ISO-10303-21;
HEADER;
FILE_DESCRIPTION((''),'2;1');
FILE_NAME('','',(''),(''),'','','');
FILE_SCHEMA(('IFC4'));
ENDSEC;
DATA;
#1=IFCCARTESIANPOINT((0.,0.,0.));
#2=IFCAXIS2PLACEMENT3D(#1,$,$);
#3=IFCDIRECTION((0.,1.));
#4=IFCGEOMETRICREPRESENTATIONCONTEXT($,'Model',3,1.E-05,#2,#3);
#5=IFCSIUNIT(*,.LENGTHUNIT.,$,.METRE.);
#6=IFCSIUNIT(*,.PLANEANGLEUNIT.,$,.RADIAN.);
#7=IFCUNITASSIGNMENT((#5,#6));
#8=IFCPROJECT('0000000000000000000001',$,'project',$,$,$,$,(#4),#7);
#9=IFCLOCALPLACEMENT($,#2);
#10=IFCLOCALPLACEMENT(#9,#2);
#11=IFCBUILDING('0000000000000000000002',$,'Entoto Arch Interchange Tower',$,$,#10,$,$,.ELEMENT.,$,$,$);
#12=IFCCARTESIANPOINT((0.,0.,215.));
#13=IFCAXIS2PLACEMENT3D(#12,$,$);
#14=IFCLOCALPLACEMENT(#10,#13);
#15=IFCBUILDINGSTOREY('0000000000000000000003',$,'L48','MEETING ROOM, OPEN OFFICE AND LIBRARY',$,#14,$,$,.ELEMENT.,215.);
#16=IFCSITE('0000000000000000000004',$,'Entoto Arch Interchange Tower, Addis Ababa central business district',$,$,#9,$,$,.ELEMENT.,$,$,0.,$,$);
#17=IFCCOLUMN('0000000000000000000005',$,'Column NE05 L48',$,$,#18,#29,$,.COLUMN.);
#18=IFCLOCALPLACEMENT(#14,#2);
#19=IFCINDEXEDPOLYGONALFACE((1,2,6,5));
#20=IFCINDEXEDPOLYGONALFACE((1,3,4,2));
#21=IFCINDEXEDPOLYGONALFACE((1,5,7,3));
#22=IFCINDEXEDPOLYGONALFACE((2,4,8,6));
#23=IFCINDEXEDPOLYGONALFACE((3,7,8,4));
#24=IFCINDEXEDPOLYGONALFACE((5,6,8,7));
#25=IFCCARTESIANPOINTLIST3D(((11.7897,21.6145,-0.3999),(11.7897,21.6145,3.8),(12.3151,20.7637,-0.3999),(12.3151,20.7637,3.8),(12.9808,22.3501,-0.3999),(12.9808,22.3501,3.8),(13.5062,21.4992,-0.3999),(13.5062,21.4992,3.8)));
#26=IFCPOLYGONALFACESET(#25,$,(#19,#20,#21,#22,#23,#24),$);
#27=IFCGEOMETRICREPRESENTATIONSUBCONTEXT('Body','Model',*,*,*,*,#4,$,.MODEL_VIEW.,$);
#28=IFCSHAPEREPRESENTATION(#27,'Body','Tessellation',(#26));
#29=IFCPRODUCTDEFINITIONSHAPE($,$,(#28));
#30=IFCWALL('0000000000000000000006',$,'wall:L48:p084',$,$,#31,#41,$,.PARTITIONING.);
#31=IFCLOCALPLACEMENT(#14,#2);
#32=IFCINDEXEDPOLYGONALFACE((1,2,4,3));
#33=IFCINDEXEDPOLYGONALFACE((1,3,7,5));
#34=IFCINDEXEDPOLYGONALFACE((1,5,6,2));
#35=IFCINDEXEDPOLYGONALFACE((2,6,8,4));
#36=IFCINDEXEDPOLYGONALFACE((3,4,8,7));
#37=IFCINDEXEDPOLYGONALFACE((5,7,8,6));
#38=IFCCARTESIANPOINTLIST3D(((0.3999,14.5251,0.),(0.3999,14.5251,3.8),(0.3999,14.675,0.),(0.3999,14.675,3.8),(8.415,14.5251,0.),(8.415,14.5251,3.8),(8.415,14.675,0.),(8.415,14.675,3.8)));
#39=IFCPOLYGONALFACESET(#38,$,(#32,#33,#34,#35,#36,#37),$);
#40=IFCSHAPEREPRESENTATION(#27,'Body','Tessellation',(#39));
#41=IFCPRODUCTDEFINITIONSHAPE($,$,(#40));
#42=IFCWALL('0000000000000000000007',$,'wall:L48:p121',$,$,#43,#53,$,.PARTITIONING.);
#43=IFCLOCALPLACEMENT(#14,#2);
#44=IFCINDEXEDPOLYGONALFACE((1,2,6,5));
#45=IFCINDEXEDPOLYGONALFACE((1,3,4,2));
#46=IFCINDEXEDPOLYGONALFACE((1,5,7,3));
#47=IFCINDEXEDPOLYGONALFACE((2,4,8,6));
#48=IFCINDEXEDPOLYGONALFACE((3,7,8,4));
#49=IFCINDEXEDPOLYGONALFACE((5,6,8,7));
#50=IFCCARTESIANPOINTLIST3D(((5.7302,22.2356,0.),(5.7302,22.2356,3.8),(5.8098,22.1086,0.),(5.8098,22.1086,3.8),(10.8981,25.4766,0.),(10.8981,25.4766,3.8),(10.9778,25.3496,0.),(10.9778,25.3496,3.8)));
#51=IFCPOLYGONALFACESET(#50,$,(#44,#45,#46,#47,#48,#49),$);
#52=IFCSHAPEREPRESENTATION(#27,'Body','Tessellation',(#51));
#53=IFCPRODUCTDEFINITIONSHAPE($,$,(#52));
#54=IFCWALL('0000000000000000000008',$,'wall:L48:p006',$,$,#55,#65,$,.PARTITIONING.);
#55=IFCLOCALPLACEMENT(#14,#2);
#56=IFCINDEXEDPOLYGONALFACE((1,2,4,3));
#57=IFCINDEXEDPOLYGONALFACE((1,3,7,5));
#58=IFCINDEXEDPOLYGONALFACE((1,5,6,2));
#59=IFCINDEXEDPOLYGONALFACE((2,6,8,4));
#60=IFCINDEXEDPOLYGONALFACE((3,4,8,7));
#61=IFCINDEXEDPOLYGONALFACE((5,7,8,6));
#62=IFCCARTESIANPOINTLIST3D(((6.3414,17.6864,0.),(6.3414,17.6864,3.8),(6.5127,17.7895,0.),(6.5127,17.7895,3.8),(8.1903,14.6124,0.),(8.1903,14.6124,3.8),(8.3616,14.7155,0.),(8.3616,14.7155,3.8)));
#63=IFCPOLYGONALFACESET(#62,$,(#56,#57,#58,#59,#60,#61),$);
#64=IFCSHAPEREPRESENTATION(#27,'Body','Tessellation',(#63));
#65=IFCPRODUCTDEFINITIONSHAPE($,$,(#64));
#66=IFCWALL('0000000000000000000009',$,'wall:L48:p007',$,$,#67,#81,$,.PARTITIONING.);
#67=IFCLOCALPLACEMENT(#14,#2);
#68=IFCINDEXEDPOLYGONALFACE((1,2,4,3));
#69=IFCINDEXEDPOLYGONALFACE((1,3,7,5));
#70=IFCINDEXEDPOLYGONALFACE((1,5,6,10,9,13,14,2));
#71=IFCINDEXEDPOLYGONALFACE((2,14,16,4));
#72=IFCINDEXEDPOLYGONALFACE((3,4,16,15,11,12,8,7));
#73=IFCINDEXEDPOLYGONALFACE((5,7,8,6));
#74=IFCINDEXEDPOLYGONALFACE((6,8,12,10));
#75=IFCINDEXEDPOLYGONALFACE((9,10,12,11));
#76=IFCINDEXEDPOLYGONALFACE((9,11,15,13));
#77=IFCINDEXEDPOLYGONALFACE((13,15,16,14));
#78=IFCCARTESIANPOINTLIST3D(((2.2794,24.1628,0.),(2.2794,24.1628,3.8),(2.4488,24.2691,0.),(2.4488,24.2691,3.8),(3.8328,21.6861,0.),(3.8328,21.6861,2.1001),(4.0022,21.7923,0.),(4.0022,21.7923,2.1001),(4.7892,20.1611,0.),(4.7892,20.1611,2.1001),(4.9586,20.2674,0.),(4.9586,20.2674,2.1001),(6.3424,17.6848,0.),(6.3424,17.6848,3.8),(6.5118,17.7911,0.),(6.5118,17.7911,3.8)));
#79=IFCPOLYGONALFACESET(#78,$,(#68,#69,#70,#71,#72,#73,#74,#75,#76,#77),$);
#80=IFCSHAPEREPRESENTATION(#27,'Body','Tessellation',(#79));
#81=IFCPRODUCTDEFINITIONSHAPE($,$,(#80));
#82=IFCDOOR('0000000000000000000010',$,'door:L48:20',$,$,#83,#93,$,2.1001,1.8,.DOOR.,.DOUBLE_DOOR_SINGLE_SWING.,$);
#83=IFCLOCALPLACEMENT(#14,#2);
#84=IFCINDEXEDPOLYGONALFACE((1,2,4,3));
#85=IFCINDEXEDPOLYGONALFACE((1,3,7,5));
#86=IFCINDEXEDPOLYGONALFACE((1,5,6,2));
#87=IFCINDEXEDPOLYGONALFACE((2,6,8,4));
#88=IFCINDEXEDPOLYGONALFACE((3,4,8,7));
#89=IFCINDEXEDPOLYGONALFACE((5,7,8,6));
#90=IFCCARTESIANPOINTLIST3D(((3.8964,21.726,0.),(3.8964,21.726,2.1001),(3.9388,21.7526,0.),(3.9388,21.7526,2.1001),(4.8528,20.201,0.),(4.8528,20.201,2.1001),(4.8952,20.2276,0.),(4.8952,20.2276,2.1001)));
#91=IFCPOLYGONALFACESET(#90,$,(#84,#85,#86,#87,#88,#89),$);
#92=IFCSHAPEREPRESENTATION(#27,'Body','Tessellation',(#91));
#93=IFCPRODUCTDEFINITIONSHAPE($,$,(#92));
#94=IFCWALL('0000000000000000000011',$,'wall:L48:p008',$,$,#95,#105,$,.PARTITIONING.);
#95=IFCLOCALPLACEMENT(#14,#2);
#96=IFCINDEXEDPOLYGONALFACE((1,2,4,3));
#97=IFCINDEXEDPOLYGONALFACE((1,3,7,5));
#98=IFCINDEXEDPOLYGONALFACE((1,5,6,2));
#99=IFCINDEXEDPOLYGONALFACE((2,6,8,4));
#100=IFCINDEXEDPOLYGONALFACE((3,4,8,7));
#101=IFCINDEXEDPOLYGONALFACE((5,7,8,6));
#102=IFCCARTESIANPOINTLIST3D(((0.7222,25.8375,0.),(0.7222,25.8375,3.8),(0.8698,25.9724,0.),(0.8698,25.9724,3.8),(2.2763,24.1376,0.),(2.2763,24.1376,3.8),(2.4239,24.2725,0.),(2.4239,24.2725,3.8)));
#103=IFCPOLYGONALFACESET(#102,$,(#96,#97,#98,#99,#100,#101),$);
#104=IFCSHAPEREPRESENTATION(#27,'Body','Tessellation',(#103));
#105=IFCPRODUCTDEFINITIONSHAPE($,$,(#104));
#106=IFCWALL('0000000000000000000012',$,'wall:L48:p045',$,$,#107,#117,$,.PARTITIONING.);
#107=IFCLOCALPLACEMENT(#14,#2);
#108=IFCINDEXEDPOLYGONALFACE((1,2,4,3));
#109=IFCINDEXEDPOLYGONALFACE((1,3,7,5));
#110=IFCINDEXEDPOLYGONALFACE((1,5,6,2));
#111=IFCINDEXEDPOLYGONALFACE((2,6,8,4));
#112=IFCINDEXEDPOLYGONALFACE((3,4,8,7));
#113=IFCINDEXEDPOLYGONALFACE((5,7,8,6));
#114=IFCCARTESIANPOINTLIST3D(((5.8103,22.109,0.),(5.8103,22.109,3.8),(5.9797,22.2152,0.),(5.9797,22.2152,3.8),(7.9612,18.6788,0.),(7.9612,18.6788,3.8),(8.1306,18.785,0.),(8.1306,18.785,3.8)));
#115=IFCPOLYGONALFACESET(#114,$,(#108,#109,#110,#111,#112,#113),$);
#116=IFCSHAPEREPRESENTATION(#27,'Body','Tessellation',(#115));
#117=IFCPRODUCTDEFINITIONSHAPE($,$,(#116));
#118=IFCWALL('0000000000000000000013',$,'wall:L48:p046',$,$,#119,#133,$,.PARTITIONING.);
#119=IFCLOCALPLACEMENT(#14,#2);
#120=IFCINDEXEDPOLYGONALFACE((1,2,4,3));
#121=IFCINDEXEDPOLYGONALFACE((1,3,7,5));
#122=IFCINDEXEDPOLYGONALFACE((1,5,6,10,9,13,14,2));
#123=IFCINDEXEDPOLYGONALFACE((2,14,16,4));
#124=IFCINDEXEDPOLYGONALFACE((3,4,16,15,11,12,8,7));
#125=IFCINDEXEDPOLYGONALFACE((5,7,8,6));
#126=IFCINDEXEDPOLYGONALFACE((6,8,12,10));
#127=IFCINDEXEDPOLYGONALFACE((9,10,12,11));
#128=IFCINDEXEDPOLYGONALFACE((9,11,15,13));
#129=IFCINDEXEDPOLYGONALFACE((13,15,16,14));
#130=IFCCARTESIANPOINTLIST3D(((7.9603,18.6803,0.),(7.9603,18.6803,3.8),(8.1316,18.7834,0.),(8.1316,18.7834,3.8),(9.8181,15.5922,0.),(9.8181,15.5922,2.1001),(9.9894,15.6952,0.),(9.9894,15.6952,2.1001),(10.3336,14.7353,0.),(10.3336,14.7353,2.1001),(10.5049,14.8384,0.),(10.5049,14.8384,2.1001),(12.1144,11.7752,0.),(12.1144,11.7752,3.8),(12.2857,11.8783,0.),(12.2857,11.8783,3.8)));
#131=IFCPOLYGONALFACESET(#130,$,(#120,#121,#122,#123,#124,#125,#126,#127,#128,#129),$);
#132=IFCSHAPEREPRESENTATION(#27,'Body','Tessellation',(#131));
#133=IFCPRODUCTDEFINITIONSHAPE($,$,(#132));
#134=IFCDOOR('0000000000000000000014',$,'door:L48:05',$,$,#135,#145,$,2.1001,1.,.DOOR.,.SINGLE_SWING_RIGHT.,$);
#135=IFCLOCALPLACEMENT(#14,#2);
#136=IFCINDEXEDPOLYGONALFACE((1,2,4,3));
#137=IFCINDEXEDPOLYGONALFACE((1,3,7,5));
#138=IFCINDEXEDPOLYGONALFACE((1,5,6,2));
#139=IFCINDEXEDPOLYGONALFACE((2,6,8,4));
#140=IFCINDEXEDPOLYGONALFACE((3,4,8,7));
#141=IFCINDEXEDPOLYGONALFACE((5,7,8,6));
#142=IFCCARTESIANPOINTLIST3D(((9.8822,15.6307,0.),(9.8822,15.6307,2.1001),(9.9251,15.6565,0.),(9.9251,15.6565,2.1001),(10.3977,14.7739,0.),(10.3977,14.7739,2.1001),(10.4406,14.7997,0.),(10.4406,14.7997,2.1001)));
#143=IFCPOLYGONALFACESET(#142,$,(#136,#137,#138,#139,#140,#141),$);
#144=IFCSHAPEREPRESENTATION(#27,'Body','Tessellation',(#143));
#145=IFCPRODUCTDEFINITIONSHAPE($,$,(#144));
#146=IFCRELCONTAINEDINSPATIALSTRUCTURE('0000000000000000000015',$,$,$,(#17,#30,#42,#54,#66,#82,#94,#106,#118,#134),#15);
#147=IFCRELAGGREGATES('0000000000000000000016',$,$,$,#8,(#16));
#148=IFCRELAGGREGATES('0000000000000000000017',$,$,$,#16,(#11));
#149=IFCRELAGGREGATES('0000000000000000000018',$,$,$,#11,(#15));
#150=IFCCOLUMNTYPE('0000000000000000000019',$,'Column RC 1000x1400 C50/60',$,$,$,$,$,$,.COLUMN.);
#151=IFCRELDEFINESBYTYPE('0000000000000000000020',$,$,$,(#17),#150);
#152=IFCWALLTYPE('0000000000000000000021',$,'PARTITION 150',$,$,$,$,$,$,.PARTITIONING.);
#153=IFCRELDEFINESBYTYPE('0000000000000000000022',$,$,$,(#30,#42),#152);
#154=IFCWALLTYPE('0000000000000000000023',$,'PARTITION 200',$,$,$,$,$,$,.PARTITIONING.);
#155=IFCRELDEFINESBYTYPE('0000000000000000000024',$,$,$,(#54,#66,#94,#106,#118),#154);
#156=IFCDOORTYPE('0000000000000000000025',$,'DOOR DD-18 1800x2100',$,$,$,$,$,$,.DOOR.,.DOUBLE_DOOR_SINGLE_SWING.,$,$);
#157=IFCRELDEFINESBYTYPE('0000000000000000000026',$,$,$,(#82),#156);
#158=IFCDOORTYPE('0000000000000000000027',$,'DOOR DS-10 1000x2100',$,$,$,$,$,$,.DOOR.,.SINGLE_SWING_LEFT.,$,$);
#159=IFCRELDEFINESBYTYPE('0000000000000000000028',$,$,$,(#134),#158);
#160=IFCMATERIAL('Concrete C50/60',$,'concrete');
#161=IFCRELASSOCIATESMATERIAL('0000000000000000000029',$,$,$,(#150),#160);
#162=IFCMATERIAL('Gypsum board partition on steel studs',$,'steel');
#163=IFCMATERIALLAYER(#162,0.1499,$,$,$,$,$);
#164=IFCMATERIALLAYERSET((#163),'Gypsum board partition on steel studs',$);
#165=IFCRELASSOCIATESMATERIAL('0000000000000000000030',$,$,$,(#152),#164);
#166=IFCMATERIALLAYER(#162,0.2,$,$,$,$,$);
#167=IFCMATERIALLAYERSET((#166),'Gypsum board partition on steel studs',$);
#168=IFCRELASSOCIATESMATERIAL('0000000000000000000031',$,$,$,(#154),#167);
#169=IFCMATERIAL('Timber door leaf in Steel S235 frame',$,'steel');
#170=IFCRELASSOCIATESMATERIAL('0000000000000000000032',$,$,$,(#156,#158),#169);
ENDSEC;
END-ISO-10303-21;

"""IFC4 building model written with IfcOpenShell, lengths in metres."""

from ifc_helpers import new_model, si_unit, direction, frame, frame_2d, origin, origin_2d, place, context, subcontext, project, spatial, rectangle, extrude, material, layer, layer_set, material_profile, profile_set, type_object, element, fill, save


model = new_model("IFC4")

# Units and contexts
model_context = context("Model", 3, precision=1e-05, world=origin(), true_north=direction((0.0, 1.0)))
body_context = subcontext(model_context, "Body", "Model", "MODEL_VIEW")
ifc_project = project(units=[si_unit("LENGTHUNIT", "METRE"), si_unit("PLANEANGLEUNIT", "RADIAN")], contexts=[model_context])

# Site, building, storey
site_placement = place(None, origin())
site = spatial("IfcSite", under=ifc_project, at=site_placement, Name="Entoto Arch Interchange Tower, Addis Ababa central business district", CompositionType="ELEMENT", RefElevation=0.0)
building_placement = place(site_placement, origin())
building = spatial("IfcBuilding", under=site, at=building_placement, Name="Entoto Arch Interchange Tower", CompositionType="ELEMENT")
storey_placement = place(building_placement, frame((0.0, 0.0, 215.0)))
storey = spatial("IfcBuildingStorey", under=building, at=storey_placement, Name="L48", Description="MEETING ROOM, OPEN OFFICE AND LIBRARY", CompositionType="ELEMENT", Elevation=215.0)

# Column
ifc_material_1 = material(Name="Concrete C50/60", Category="concrete")
ifc_material_profile = material_profile(ifc_material_1, rectangle(XDim=1.0, YDim=1.3999, at=origin_2d()))
ifc_profile_set = profile_set([ifc_material_profile], Name="Concrete C50/60")
column_type = type_object("IfcColumnType", Name="Column RC 1000x1400 C50/60", PredefinedType="COLUMN", material=ifc_profile_set)
column_placement = place(storey_placement, frame((12.6479, 21.5569, -0.3999), z_axis=(0.0, 0.0, 1.0), x_axis=(-0.525427, 0.850839, 0.0)))
element("IfcColumn", 1, at=column_placement, inside=storey, type_object=column_type, Name="Column NE05 L48", PredefinedType="COLUMN", context=body_context, shape_type="SweptSolid", body=[
    extrude(rectangle(XDim=1.0, YDim=1.3999, at=origin_2d()), origin(), (0.0, 0.0, 1.0), 4.2),
])

# Walls
ifc_material_2 = material(Name="Gypsum board partition on steel studs", Category="steel")
ifc_layer_1 = layer(ifc_material_2, 0.1499)
ifc_layer_set_1 = layer_set([ifc_layer_1], Name="Gypsum board partition on steel studs")
wall_type_1 = type_object("IfcWallType", Name="PARTITION 150", PredefinedType="PARTITIONING", material=ifc_layer_set_1)
wall_1_placement = place(storey_placement, frame((8.415, 14.6001, 0.0), z_axis=(0.0, 0.0, 1.0), x_axis=(-1.0, 0.0, 0.0)))
element("IfcWall", 2, at=wall_1_placement, inside=storey, type_object=wall_type_1, Name="wall:L48:p084", PredefinedType="PARTITIONING", context=body_context, shape_type="SweptSolid", body=[
    extrude(rectangle(XDim=8.0151, YDim=0.1499, at=frame_2d((4.0076, 0.0))), origin(), (0.0, 0.0, 1.0), 3.8),
])
wall_2_placement = place(storey_placement, frame((5.77, 22.1721, 0.0), z_axis=(0.0, 0.0, 1.0), x_axis=(0.847188, 0.531293, 0.0)))
element("IfcWall", 3, at=wall_2_placement, inside=storey, type_object=wall_type_1, Name="wall:L48:p121", PredefinedType="PARTITIONING", context=body_context, shape_type="SweptSolid", body=[
    extrude(rectangle(XDim=6.1001, YDim=0.1499, at=frame_2d((3.05, 0.0))), origin(), (0.0, 0.0, 1.0), 3.8),
])
ifc_layer_2 = layer(ifc_material_2, 0.2)
ifc_layer_set_2 = layer_set([ifc_layer_2], Name="Gypsum board partition on steel studs")
wall_type_2 = type_object("IfcWallType", Name="PARTITION 200", PredefinedType="PARTITIONING", material=ifc_layer_set_2)
wall_3_placement = place(storey_placement, frame((8.2759, 14.6641, 0.0), z_axis=(0.0, 0.0, 1.0), x_axis=(-0.515416, 0.85694, 0.0)))
element("IfcWall", 4, at=wall_3_placement, inside=storey, type_object=wall_type_2, Name="wall:L48:p006", PredefinedType="PARTITIONING", context=body_context, shape_type="SweptSolid", body=[
    extrude(rectangle(XDim=3.5872, YDim=0.2, at=frame_2d((1.7935, 0.0))), origin(), (0.0, 0.0, 1.0), 3.8),
])

# Wall, opening, door
wall_4_placement = place(storey_placement, frame((6.427, 17.738, 0.0), z_axis=(0.0, 0.0, 1.0), x_axis=(-0.531336, 0.847161, 0.0)))
wall_4 = element("IfcWall", 5, at=wall_4_placement, inside=storey, type_object=wall_type_2, Name="wall:L48:p007", PredefinedType="PARTITIONING", context=body_context, shape_type="SweptSolid", body=[
    extrude(rectangle(XDim=7.6467, YDim=0.2, at=frame_2d((3.8232, 0.0))), origin(), (0.0, 0.0, 1.0), 3.8),
])
opening_1_placement = place(wall_4_placement, frame((2.9231, 0.0, 0.0)))
opening_1 = element("IfcOpeningElement", 6, at=opening_1_placement, cuts=wall_4, PredefinedType="OPENING", context=body_context, shape_type="SweptSolid", body=[
    extrude(rectangle(XDim=1.8, YDim=2.1001, at=frame_2d((0.8999, 1.05))), frame((0.0, 0.1099, 0.0), z_axis=(0.0, -1.0, 0.0), x_axis=(1.0, 0.0, 0.0)), (0.0, 0.0, 1.0), 0.22),
])
ifc_material_3 = material(Name="Timber door leaf in Steel S235 frame", Category="steel")
door_type_1 = type_object("IfcDoorType", Name="DOOR DD-18 1800x2100", OperationType="DOUBLE_DOOR_SINGLE_SWING", PredefinedType="DOOR", material=ifc_material_3)
door_1_placement = place(opening_1_placement, origin())
door_1 = element("IfcDoor", 7, at=door_1_placement, inside=storey, type_object=door_type_1, Name="door:L48:20", OperationType="DOUBLE_DOOR_SINGLE_SWING", OverallHeight=2.1001, OverallWidth=1.8, PredefinedType="DOOR", context=body_context, shape_type="SweptSolid", body=[
    extrude(rectangle(XDim=1.8, YDim=2.1001, at=frame_2d((0.8999, 1.05))), frame((0.0, 0.0249, 0.0), z_axis=(0.0, -1.0, 0.0), x_axis=(1.0, 0.0, 0.0)), (0.0, 0.0, 1.0), 0.05),
])
fill(opening_1, door_1)

# Walls
wall_5_placement = place(storey_placement, frame((2.3501, 24.2051, 0.0), z_axis=(0.0, 0.0, 1.0), x_axis=(-0.674759, 0.738038, 0.0)))
element("IfcWall", 8, at=wall_5_placement, inside=storey, type_object=wall_type_2, Name="wall:L48:p008", PredefinedType="PARTITIONING", context=body_context, shape_type="SweptSolid", body=[
    extrude(rectangle(XDim=2.3032, YDim=0.2, at=frame_2d((1.1516, 0.0))), origin(), (0.0, 0.0, 1.0), 3.8),
])
wall_6_placement = place(storey_placement, frame((5.895, 22.1621, 0.0), z_axis=(0.0, 0.0, 1.0), x_axis=(0.531245, -0.847218, 0.0)))
element("IfcWall", 9, at=wall_6_placement, inside=storey, type_object=wall_type_2, Name="wall:L48:p045", PredefinedType="PARTITIONING", context=body_context, shape_type="SweptSolid", body=[
    extrude(rectangle(XDim=4.0488, YDim=0.2, at=frame_2d((2.0244, 0.0))), origin(), (0.0, 0.0, 1.0), 3.8),
])

# Wall, opening, door
wall_7_placement = place(storey_placement, frame((8.0459, 18.7319, 0.0), z_axis=(0.0, 0.0, 1.0), x_axis=(0.515502, -0.856888, 0.0)))
wall_7 = element("IfcWall", 10, at=wall_7_placement, inside=storey, type_object=wall_type_2, Name="wall:L48:p046", PredefinedType="PARTITIONING", context=body_context, shape_type="SweptSolid", body=[
    extrude(rectangle(XDim=8.0583, YDim=0.2, at=frame_2d((4.0293, 0.0))), origin(), (0.0, 0.0, 1.0), 3.8),
])
opening_2_placement = place(wall_7_placement, frame((3.604, 0.0, 0.0)))
opening_2 = element("IfcOpeningElement", 11, at=opening_2_placement, cuts=wall_7, PredefinedType="OPENING", context=body_context, shape_type="SweptSolid", body=[
    extrude(rectangle(XDim=1.0, YDim=2.1001, at=frame_2d((0.5, 1.05))), frame((0.0, 0.1099, 0.0), z_axis=(0.0, -1.0, 0.0), x_axis=(1.0, 0.0, 0.0)), (0.0, 0.0, 1.0), 0.22),
])
door_type_2 = type_object("IfcDoorType", Name="DOOR DS-10 1000x2100", OperationType="SINGLE_SWING_LEFT", PredefinedType="DOOR", material=ifc_material_3)
door_2_placement = place(opening_2_placement, origin())
door_2 = element("IfcDoor", 12, at=door_2_placement, inside=storey, type_object=door_type_2, Name="door:L48:05", OperationType="SINGLE_SWING_RIGHT", OverallHeight=2.1001, OverallWidth=1.0, PredefinedType="DOOR", context=body_context, shape_type="SweptSolid", body=[
    extrude(rectangle(XDim=1.0, YDim=2.1001, at=frame_2d((0.5, 1.05))), frame((0.0, 0.0249, 0.0), z_axis=(0.0, -1.0, 0.0), x_axis=(1.0, 0.0, 0.0)), (0.0, 0.0, 1.0), 0.05),
])
fill(opening_2, door_2)

save(model, "model.ifc")
